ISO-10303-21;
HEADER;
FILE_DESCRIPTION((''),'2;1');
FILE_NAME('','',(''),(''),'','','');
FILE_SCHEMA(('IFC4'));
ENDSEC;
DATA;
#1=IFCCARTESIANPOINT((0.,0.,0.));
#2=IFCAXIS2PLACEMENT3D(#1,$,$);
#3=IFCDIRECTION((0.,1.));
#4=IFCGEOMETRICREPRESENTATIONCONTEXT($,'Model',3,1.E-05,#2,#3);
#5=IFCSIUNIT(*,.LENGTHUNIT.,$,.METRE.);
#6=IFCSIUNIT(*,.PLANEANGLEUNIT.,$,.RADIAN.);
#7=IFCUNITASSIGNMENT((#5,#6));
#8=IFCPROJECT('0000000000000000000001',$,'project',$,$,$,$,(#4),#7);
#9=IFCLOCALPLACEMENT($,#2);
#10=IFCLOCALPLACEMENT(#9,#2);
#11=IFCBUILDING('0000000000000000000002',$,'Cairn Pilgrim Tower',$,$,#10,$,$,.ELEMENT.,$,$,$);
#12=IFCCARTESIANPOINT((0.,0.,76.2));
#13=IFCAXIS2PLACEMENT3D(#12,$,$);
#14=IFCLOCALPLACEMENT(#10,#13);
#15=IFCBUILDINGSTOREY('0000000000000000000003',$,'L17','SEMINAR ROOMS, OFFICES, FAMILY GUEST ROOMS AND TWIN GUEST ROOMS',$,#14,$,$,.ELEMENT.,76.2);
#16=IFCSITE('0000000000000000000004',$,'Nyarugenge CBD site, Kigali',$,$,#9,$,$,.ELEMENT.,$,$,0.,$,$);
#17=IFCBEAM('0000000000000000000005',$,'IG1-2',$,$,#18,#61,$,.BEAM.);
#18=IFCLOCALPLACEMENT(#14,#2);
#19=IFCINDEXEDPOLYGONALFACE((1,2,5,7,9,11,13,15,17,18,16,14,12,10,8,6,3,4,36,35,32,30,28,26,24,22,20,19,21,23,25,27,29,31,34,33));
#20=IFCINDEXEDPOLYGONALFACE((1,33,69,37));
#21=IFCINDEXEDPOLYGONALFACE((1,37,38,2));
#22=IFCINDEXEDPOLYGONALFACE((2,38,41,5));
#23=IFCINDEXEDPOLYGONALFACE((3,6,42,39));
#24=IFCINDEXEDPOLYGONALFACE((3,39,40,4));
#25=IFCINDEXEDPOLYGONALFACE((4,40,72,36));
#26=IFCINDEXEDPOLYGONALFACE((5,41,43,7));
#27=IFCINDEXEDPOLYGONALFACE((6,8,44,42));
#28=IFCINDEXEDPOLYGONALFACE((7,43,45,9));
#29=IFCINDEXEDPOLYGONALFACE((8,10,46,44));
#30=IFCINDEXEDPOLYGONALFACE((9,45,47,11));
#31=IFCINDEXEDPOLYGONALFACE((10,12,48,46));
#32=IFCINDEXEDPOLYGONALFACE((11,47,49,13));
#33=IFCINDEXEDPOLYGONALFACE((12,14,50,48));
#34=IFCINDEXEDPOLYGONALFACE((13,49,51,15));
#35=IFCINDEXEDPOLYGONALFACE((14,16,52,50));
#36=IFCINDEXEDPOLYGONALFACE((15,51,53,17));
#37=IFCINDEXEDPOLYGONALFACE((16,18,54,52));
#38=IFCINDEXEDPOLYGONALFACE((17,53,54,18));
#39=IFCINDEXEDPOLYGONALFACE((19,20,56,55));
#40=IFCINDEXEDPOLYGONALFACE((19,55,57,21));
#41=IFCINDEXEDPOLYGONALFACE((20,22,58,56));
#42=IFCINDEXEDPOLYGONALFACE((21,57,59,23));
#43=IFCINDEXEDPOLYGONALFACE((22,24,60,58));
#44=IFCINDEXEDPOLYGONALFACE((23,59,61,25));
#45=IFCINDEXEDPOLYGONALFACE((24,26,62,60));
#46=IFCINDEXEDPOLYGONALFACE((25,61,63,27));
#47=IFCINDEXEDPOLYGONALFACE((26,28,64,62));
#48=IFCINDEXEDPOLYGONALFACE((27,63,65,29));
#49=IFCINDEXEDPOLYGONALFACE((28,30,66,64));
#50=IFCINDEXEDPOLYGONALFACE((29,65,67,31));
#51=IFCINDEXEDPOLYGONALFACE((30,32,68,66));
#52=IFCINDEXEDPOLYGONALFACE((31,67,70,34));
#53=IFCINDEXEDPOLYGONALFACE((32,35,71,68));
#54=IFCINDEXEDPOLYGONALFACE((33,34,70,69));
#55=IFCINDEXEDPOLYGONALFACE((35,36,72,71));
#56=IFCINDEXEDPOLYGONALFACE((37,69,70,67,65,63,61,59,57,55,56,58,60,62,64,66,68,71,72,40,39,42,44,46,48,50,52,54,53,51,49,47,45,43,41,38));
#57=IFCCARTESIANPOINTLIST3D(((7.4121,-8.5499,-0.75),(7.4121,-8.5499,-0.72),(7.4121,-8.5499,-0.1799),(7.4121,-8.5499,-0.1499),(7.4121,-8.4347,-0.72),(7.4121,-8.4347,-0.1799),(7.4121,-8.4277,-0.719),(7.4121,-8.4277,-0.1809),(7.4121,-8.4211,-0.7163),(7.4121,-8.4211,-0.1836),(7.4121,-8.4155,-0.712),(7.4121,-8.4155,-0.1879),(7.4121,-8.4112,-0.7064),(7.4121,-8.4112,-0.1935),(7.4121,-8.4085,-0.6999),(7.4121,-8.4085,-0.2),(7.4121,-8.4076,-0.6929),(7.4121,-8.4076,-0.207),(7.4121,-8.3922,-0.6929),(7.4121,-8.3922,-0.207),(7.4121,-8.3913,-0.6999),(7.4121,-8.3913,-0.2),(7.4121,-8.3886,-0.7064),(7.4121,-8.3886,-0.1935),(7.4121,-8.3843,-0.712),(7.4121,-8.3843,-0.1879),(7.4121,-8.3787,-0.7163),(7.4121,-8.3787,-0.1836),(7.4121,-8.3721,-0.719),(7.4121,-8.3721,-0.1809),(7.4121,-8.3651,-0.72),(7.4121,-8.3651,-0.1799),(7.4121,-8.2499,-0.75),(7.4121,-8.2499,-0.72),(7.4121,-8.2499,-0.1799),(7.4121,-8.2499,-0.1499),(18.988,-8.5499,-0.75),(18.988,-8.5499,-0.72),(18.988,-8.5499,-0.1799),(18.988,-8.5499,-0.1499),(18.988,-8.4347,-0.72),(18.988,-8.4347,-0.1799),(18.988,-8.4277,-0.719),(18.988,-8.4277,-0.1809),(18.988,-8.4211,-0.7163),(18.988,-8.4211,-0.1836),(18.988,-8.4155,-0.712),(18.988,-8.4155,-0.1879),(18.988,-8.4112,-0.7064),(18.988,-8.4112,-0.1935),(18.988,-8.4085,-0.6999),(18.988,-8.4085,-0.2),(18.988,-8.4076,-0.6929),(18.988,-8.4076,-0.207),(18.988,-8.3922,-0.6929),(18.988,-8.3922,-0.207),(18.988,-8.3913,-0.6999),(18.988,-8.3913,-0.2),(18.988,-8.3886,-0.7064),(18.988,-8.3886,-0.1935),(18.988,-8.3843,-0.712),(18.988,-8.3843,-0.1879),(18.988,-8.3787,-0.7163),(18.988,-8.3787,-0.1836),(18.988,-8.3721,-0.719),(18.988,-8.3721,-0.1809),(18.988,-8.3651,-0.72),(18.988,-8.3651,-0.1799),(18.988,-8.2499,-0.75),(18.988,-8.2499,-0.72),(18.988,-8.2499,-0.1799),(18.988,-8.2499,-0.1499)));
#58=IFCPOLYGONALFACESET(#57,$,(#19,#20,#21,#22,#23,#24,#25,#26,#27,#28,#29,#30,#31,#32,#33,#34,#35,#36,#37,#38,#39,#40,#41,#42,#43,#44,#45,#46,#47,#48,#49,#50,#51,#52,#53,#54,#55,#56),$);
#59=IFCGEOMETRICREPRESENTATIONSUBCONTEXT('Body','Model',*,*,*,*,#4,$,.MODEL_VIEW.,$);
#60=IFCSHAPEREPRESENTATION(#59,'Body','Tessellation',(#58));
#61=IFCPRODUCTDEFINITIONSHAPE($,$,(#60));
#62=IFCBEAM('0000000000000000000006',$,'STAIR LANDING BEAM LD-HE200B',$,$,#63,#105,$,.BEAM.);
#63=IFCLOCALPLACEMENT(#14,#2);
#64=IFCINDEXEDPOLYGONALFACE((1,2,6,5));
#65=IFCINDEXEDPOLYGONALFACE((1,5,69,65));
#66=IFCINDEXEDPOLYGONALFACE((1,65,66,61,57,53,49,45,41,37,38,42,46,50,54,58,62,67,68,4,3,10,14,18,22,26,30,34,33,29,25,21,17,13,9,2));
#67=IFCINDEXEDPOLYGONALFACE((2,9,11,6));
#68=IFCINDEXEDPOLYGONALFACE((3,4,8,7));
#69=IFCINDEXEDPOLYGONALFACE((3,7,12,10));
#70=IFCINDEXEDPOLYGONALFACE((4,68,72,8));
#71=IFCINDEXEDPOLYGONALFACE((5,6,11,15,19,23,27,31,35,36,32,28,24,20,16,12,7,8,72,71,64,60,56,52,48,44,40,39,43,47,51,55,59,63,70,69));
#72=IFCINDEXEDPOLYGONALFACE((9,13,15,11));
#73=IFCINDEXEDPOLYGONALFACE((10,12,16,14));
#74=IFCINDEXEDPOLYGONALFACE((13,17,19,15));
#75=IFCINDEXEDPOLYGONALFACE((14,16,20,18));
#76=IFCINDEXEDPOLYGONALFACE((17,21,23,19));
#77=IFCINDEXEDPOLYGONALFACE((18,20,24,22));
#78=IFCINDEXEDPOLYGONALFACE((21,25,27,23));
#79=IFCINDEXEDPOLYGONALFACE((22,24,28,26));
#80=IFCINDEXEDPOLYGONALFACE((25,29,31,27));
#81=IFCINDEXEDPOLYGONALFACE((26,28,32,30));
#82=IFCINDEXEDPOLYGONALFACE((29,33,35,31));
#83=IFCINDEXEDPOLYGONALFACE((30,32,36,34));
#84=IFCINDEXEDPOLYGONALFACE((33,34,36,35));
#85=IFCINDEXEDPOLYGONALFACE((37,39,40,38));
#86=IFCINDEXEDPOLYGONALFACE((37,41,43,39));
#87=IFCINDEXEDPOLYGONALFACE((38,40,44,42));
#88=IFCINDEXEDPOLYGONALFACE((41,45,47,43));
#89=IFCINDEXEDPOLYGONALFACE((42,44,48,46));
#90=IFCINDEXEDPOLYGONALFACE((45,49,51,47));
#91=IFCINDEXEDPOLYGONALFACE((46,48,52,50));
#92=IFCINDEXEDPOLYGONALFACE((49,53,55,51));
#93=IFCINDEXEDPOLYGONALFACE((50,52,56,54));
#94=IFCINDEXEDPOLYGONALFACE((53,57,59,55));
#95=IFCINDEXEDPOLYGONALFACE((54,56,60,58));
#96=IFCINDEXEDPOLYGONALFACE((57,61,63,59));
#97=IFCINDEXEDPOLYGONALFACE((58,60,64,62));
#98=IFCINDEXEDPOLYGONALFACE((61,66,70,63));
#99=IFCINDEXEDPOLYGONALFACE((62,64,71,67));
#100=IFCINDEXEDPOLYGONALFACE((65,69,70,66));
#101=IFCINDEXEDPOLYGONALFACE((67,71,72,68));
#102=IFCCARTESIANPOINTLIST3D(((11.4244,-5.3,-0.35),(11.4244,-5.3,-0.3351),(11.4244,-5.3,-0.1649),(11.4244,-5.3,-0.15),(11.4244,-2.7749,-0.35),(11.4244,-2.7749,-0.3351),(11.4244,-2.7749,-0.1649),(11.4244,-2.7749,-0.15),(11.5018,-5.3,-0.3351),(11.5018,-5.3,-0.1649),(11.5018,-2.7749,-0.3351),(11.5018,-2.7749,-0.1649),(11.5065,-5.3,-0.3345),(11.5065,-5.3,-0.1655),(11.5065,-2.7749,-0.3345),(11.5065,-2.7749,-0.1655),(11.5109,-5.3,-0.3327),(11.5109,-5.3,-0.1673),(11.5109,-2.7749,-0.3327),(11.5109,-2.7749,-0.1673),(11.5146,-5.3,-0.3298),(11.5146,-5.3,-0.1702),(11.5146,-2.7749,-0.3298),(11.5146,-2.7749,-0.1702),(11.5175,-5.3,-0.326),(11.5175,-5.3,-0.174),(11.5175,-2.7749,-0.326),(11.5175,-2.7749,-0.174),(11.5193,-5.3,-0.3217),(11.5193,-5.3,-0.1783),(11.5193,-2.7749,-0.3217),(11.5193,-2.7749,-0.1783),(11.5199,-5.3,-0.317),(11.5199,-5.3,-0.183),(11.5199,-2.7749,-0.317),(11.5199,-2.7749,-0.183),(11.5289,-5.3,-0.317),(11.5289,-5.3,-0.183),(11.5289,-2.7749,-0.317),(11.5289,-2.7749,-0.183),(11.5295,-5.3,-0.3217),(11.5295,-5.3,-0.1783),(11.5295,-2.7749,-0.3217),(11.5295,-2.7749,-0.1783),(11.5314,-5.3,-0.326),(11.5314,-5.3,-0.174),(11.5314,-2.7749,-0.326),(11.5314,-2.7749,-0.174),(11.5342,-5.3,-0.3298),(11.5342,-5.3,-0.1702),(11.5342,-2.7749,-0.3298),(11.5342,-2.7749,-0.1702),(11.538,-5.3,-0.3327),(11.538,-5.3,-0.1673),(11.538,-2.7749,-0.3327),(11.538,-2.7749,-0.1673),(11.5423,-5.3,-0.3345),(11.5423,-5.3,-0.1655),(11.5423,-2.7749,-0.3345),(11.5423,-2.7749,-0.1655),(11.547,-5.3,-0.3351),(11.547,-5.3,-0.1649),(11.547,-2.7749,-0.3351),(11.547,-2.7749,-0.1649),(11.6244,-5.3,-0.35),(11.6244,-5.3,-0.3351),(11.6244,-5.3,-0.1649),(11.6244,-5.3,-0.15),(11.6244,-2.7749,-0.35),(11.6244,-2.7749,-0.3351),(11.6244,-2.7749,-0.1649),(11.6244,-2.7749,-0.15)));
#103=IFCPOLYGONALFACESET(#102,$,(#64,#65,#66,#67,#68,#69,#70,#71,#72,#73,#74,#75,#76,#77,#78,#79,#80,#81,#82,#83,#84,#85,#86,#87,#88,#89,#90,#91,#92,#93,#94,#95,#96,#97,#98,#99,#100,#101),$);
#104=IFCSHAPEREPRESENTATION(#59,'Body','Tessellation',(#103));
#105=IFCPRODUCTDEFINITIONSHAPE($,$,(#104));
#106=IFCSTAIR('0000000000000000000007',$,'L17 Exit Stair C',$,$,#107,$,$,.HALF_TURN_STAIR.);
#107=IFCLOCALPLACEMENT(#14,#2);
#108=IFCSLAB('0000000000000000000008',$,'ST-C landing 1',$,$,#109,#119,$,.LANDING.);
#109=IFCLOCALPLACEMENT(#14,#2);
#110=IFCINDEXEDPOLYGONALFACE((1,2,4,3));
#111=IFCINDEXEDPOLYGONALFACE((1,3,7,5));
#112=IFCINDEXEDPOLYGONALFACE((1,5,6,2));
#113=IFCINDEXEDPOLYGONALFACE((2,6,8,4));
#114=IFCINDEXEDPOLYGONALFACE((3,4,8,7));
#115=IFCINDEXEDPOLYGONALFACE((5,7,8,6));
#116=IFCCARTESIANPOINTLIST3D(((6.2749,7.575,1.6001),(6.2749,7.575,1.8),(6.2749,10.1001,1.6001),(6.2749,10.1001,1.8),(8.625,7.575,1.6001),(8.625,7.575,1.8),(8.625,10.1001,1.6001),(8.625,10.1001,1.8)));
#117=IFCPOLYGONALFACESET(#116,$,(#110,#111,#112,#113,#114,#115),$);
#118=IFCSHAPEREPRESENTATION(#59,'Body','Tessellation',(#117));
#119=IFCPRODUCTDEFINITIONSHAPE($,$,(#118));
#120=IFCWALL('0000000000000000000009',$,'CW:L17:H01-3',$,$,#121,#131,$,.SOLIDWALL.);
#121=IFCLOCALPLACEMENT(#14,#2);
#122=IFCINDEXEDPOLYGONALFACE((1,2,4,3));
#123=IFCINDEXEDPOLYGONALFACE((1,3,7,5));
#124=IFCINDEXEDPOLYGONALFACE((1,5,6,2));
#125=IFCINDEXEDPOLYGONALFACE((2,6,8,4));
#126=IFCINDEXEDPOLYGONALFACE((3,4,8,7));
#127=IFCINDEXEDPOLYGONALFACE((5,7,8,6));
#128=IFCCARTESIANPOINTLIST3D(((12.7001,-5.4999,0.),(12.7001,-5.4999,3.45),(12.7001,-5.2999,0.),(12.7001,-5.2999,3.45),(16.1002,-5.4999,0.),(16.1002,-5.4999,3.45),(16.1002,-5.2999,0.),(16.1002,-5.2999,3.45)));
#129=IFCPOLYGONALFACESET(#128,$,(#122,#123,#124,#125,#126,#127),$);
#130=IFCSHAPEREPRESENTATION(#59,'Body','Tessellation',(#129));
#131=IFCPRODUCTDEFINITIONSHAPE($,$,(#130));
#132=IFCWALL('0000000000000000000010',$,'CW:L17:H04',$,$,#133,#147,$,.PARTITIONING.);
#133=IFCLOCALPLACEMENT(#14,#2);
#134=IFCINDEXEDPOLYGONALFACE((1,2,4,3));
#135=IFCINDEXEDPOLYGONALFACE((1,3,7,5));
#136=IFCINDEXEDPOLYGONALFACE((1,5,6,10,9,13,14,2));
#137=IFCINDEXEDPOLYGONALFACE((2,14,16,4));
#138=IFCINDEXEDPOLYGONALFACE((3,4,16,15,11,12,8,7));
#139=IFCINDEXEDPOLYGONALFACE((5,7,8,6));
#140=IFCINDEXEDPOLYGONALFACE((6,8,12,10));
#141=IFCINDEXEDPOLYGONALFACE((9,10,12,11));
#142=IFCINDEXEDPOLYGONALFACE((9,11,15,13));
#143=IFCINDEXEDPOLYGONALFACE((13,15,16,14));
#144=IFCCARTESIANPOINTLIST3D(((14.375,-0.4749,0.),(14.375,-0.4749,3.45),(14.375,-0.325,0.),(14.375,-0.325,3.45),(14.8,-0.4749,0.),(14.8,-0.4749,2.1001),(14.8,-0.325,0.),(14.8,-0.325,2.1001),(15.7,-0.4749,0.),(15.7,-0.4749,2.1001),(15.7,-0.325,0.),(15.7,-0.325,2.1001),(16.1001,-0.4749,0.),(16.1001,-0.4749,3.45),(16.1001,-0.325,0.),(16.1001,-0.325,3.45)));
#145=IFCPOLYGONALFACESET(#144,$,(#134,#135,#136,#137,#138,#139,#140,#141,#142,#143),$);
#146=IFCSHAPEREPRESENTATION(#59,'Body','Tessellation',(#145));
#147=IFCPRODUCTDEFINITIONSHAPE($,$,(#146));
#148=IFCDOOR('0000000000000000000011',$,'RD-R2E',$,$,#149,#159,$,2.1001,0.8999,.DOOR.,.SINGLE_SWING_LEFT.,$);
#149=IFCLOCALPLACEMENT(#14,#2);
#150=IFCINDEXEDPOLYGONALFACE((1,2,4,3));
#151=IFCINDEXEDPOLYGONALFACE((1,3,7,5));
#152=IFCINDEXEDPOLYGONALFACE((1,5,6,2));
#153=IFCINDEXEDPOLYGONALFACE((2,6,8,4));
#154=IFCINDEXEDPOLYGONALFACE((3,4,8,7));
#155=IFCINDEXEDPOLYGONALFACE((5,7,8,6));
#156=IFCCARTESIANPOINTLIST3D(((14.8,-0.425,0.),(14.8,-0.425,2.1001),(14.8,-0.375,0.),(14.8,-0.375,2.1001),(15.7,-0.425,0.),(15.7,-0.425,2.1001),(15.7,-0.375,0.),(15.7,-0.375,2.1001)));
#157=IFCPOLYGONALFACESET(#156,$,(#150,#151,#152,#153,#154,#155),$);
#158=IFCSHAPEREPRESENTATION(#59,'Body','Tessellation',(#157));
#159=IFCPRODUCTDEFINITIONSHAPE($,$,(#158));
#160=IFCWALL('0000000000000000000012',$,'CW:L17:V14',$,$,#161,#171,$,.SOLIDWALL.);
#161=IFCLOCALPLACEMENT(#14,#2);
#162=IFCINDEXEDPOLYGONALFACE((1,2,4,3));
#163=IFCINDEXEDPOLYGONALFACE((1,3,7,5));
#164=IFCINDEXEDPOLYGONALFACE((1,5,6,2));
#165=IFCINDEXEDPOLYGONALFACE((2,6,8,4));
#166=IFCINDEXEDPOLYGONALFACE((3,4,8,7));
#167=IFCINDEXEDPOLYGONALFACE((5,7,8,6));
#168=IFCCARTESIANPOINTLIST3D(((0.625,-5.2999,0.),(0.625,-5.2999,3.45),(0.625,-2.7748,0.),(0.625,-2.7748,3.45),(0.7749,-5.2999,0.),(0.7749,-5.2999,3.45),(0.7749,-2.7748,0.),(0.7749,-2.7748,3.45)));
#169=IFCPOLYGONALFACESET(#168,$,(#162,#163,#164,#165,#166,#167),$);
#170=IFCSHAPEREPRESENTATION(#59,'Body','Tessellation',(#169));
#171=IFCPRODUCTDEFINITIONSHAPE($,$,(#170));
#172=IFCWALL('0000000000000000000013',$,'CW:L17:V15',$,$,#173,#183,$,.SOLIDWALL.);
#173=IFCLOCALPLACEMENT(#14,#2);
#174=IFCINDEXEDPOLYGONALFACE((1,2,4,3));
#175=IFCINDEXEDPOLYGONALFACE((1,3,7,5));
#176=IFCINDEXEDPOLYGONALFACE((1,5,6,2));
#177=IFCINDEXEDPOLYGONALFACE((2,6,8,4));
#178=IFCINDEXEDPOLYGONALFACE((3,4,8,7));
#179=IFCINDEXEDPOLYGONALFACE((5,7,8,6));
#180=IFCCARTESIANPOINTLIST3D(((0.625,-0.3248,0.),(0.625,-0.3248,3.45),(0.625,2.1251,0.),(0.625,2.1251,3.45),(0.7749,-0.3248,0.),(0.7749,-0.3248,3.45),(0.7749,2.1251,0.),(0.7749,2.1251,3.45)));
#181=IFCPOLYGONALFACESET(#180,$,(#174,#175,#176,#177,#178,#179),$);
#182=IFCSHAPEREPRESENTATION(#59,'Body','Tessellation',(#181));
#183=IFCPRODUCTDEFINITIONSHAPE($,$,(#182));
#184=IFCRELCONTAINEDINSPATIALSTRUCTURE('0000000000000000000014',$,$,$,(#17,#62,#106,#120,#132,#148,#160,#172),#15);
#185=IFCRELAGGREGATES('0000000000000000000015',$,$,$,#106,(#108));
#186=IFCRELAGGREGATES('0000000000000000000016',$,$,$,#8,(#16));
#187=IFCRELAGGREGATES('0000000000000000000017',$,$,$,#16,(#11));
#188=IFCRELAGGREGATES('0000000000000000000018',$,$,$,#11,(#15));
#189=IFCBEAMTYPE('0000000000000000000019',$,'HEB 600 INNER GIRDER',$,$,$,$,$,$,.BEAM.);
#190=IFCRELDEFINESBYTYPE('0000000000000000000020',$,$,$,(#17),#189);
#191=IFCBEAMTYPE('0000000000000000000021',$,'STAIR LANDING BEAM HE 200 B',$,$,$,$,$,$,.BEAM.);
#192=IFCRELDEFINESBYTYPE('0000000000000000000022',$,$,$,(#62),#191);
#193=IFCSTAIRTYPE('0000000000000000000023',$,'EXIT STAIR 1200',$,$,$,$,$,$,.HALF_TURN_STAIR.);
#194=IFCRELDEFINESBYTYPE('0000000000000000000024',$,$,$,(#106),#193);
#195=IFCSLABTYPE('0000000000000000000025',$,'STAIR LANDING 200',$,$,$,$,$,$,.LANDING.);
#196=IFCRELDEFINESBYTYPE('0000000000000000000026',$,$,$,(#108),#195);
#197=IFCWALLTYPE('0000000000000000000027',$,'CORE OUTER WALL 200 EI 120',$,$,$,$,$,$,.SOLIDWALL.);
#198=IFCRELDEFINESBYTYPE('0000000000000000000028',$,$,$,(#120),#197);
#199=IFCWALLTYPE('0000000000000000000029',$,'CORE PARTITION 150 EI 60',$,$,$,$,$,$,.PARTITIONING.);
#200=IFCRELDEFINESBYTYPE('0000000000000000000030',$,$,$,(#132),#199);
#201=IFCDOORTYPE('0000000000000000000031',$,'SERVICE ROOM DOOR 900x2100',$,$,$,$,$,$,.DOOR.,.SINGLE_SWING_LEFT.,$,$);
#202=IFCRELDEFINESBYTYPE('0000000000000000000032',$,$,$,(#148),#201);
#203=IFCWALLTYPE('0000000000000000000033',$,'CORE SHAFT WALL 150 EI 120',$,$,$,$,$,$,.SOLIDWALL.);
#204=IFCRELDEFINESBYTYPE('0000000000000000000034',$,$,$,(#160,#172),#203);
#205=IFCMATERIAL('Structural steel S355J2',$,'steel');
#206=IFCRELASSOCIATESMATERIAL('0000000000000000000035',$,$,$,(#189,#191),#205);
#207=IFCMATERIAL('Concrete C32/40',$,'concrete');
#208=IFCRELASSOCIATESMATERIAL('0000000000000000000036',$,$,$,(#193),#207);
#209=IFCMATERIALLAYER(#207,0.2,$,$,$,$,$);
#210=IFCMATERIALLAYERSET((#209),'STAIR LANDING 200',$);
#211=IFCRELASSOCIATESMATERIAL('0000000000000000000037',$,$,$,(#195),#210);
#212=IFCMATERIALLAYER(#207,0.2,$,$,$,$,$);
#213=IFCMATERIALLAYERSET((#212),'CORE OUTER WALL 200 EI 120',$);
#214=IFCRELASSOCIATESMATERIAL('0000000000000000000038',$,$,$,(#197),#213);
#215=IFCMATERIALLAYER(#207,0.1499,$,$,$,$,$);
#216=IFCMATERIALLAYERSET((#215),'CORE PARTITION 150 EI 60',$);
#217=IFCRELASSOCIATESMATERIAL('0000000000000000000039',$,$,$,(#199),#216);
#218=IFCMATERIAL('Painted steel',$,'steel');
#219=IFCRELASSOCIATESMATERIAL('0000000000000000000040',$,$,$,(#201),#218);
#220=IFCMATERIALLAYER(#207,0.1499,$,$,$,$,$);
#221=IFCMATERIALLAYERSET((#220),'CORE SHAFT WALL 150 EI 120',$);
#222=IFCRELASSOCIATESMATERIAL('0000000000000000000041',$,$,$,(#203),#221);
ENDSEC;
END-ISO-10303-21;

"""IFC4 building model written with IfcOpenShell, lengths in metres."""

from ifc_helpers import new_model, si_unit, direction, frame, frame_2d, origin, origin_2d, place, context, subcontext, project, spatial, polyline, rectangle, i_section, outline, extrude, material, layer, layer_set, material_profile, profile_set, type_object, element, fill, aggregate, save


model = new_model("IFC4")

# Units and contexts
model_context = context("Model", 3, precision=1e-05, world=origin(), true_north=direction((0.0, 1.0)))
body_context = subcontext(model_context, "Body", "Model", "MODEL_VIEW")
ifc_project = project(units=[si_unit("LENGTHUNIT", "METRE"), si_unit("PLANEANGLEUNIT", "RADIAN")], contexts=[model_context])

# Site, building, storey
site_placement = place(None, origin())
site = spatial("IfcSite", under=ifc_project, at=site_placement, Name="Nyarugenge CBD site, Kigali", CompositionType="ELEMENT", RefElevation=0.0)
building_placement = place(site_placement, origin())
building = spatial("IfcBuilding", under=site, at=building_placement, Name="Cairn Pilgrim Tower", CompositionType="ELEMENT")
storey_placement = place(building_placement, frame((0.0, 0.0, 76.2)))
storey = spatial("IfcBuildingStorey", under=building, at=storey_placement, Name="L17", Description="SEMINAR ROOMS, OFFICES, FAMILY GUEST ROOMS AND TWIN GUEST ROOMS", CompositionType="ELEMENT", Elevation=76.2)

# Beams
ifc_material_1 = material(Name="Structural steel S355J2", Category="steel")
ifc_material_profile_1 = material_profile(ifc_material_1, i_section(OverallWidth=0.3, OverallDepth=0.6001, WebThickness=0.0154, FlangeThickness=0.03, FilletRadius=0.0271, at=origin_2d()), Name="HEB 600")
ifc_profile_set_1 = profile_set([ifc_material_profile_1], Name="Structural steel S355J2")
beam_type_1 = type_object("IfcBeamType", Name="HEB 600 INNER GIRDER", PredefinedType="BEAM", material=ifc_profile_set_1)
beam_1_placement = place(storey_placement, frame((7.4121, -8.3999, -0.45), z_axis=(1.0, 0.0, 0.0), x_axis=(0.0, 1.0, 0.0)))
element("IfcBeam", 1, at=beam_1_placement, inside=storey, type_object=beam_type_1, Name="IG1-2", PredefinedType="BEAM", context=body_context, shape_type="SweptSolid", body=[
    extrude(i_section(OverallWidth=0.3, OverallDepth=0.6001, WebThickness=0.0154, FlangeThickness=0.03, FilletRadius=0.0271, at=origin_2d()), origin(), (0.0, 0.0, 1.0), 11.5759),
])
ifc_material_profile_2 = material_profile(ifc_material_1, i_section(OverallWidth=0.2, OverallDepth=0.2, WebThickness=0.009, FlangeThickness=0.0149, FilletRadius=0.0181, at=origin_2d()), Name="HE 200 B")
ifc_profile_set_2 = profile_set([ifc_material_profile_2], Name="Structural steel S355J2")
beam_type_2 = type_object("IfcBeamType", Name="STAIR LANDING BEAM HE 200 B", PredefinedType="BEAM", material=ifc_profile_set_2)
beam_2_placement = place(storey_placement, frame((11.5244, -2.7749, -0.25), z_axis=(0.0, -1.0, 0.0), x_axis=(1.0, 0.0, 0.0)))
element("IfcBeam", 2, at=beam_2_placement, inside=storey, type_object=beam_type_2, Name="STAIR LANDING BEAM LD-HE200B", PredefinedType="BEAM", context=body_context, shape_type="SweptSolid", body=[
    extrude(i_section(OverallWidth=0.2, OverallDepth=0.2, WebThickness=0.009, FlangeThickness=0.0149, FilletRadius=0.0181, at=origin_2d()), origin(), (0.0, 0.0, 1.0), 2.5251),
])

# Stair, slab
ifc_material_2 = material(Name="Concrete C32/40", Category="concrete")
stair_type = type_object("IfcStairType", Name="EXIT STAIR 1200", PredefinedType="HALF_TURN_STAIR", material=ifc_material_2)
stair_1_placement = place(storey_placement, origin())
stair_1 = element("IfcStair", 3, at=stair_1_placement, inside=storey, type_object=stair_type, Name="L17 Exit Stair C", PredefinedType="HALF_TURN_STAIR")
ifc_layer_1 = layer(ifc_material_2, 0.2)
ifc_layer_set_1 = layer_set([ifc_layer_1], Name="STAIR LANDING 200")
slab_type = type_object("IfcSlabType", Name="STAIR LANDING 200", PredefinedType="LANDING", material=ifc_layer_set_1)
slab_placement = place(storey_placement, frame((0.0, 0.0, 1.6001)))
slab = element("IfcSlab", 4, at=slab_placement, type_object=slab_type, Name="ST-C landing 1", PredefinedType="LANDING", context=body_context, shape_type="SweptSolid", body=[
    extrude(outline(polyline([(8.625, 10.1001), (6.2749, 10.1001), (6.2749, 7.575), (8.625, 7.575), (8.625, 10.1001)])), origin(), (0.0, 0.0, 1.0), 0.2),
])
aggregate(stair_1, [slab])

# Wall
ifc_layer_2 = layer(ifc_material_2, 0.2)
ifc_layer_set_2 = layer_set([ifc_layer_2], Name="CORE OUTER WALL 200 EI 120")
wall_type_1 = type_object("IfcWallType", Name="CORE OUTER WALL 200 EI 120", PredefinedType="SOLIDWALL", material=ifc_layer_set_2)
wall_1_placement = place(storey_placement, frame((12.7, -5.3999, 0.0), z_axis=(0.0, 0.0, 1.0), x_axis=(1.0, 0.0, 0.0)))
element("IfcWall", 5, at=wall_1_placement, inside=storey, type_object=wall_type_1, Name="CW:L17:H01-3", PredefinedType="SOLIDWALL", context=body_context, shape_type="SweptSolid", body=[
    extrude(rectangle(XDim=3.4001, YDim=0.2, at=frame_2d((1.7002, 0.0))), origin(), (0.0, 0.0, 1.0), 3.45),
])

# Wall, opening, door
ifc_layer_3 = layer(ifc_material_2, 0.1499)
ifc_layer_set_3 = layer_set([ifc_layer_3], Name="CORE PARTITION 150 EI 60")
wall_type_2 = type_object("IfcWallType", Name="CORE PARTITION 150 EI 60", PredefinedType="PARTITIONING", material=ifc_layer_set_3)
wall_2_placement = place(storey_placement, frame((14.375, -0.3999, 0.0), z_axis=(0.0, 0.0, 1.0), x_axis=(1.0, 0.0, 0.0)))
wall_2 = element("IfcWall", 6, at=wall_2_placement, inside=storey, type_object=wall_type_2, Name="CW:L17:H04", PredefinedType="PARTITIONING", context=body_context, shape_type="SweptSolid", body=[
    extrude(rectangle(XDim=1.7251, YDim=0.1499, at=frame_2d((0.8625, 0.0))), origin(), (0.0, 0.0, 1.0), 3.45),
])
opening_1_placement = place(wall_2_placement, frame((0.425, 0.0, 0.0)))
opening_1 = element("IfcOpeningElement", 7, at=opening_1_placement, cuts=wall_2, PredefinedType="OPENING", context=body_context, shape_type="SweptSolid", body=[
    extrude(rectangle(XDim=0.8999, YDim=2.1001, at=frame_2d((0.45, 1.05))), frame((0.0, 0.085, 0.0), z_axis=(0.0, -1.0, 0.0), x_axis=(1.0, 0.0, 0.0)), (0.0, 0.0, 1.0), 0.1699),
])
ifc_material_3 = material(Name="Painted steel", Category="steel")
door_type_1 = type_object("IfcDoorType", Name="SERVICE ROOM DOOR 900x2100", OperationType="SINGLE_SWING_LEFT", PredefinedType="DOOR", material=ifc_material_3)
door_1_placement = place(opening_1_placement, origin())
door_1 = element("IfcDoor", 8, at=door_1_placement, inside=storey, type_object=door_type_1, Name="RD-R2E", OperationType="SINGLE_SWING_LEFT", OverallHeight=2.1001, OverallWidth=0.8999, PredefinedType="DOOR", context=body_context, shape_type="SweptSolid", body=[
    extrude(rectangle(XDim=0.8999, YDim=2.1001, at=frame_2d((0.45, 1.05))), frame((0.0, 0.0249, 0.0), z_axis=(0.0, -1.0, 0.0), x_axis=(1.0, 0.0, 0.0)), (0.0, 0.0, 1.0), 0.05),
])
fill(opening_1, door_1)

# Walls
ifc_layer_4 = layer(ifc_material_2, 0.1499)
ifc_layer_set_4 = layer_set([ifc_layer_4], Name="CORE SHAFT WALL 150 EI 120")
wall_type_3 = type_object("IfcWallType", Name="CORE SHAFT WALL 150 EI 120", PredefinedType="SOLIDWALL", material=ifc_layer_set_4)
wall_3_placement = place(storey_placement, frame((0.7, -5.3, 0.0), z_axis=(0.0, 0.0, 1.0), x_axis=(0.0, 1.0, 0.0)))
element("IfcWall", 9, at=wall_3_placement, inside=storey, type_object=wall_type_3, Name="CW:L17:V14", PredefinedType="SOLIDWALL", context=body_context, shape_type="SweptSolid", body=[
    extrude(rectangle(XDim=2.5251, YDim=0.1499, at=frame_2d((1.2627, 0.0))), origin(), (0.0, 0.0, 1.0), 3.45),
])
wall_4_placement = place(storey_placement, frame((0.7, -0.325, 0.0), z_axis=(0.0, 0.0, 1.0), x_axis=(0.0, 1.0, 0.0)))
element("IfcWall", 10, at=wall_4_placement, inside=storey, type_object=wall_type_3, Name="CW:L17:V15", PredefinedType="SOLIDWALL", context=body_context, shape_type="SweptSolid", body=[
    extrude(rectangle(XDim=2.45, YDim=0.1499, at=frame_2d((1.2251, 0.0))), origin(), (0.0, 0.0, 1.0), 3.45),
])

save(model, "model.ifc")
